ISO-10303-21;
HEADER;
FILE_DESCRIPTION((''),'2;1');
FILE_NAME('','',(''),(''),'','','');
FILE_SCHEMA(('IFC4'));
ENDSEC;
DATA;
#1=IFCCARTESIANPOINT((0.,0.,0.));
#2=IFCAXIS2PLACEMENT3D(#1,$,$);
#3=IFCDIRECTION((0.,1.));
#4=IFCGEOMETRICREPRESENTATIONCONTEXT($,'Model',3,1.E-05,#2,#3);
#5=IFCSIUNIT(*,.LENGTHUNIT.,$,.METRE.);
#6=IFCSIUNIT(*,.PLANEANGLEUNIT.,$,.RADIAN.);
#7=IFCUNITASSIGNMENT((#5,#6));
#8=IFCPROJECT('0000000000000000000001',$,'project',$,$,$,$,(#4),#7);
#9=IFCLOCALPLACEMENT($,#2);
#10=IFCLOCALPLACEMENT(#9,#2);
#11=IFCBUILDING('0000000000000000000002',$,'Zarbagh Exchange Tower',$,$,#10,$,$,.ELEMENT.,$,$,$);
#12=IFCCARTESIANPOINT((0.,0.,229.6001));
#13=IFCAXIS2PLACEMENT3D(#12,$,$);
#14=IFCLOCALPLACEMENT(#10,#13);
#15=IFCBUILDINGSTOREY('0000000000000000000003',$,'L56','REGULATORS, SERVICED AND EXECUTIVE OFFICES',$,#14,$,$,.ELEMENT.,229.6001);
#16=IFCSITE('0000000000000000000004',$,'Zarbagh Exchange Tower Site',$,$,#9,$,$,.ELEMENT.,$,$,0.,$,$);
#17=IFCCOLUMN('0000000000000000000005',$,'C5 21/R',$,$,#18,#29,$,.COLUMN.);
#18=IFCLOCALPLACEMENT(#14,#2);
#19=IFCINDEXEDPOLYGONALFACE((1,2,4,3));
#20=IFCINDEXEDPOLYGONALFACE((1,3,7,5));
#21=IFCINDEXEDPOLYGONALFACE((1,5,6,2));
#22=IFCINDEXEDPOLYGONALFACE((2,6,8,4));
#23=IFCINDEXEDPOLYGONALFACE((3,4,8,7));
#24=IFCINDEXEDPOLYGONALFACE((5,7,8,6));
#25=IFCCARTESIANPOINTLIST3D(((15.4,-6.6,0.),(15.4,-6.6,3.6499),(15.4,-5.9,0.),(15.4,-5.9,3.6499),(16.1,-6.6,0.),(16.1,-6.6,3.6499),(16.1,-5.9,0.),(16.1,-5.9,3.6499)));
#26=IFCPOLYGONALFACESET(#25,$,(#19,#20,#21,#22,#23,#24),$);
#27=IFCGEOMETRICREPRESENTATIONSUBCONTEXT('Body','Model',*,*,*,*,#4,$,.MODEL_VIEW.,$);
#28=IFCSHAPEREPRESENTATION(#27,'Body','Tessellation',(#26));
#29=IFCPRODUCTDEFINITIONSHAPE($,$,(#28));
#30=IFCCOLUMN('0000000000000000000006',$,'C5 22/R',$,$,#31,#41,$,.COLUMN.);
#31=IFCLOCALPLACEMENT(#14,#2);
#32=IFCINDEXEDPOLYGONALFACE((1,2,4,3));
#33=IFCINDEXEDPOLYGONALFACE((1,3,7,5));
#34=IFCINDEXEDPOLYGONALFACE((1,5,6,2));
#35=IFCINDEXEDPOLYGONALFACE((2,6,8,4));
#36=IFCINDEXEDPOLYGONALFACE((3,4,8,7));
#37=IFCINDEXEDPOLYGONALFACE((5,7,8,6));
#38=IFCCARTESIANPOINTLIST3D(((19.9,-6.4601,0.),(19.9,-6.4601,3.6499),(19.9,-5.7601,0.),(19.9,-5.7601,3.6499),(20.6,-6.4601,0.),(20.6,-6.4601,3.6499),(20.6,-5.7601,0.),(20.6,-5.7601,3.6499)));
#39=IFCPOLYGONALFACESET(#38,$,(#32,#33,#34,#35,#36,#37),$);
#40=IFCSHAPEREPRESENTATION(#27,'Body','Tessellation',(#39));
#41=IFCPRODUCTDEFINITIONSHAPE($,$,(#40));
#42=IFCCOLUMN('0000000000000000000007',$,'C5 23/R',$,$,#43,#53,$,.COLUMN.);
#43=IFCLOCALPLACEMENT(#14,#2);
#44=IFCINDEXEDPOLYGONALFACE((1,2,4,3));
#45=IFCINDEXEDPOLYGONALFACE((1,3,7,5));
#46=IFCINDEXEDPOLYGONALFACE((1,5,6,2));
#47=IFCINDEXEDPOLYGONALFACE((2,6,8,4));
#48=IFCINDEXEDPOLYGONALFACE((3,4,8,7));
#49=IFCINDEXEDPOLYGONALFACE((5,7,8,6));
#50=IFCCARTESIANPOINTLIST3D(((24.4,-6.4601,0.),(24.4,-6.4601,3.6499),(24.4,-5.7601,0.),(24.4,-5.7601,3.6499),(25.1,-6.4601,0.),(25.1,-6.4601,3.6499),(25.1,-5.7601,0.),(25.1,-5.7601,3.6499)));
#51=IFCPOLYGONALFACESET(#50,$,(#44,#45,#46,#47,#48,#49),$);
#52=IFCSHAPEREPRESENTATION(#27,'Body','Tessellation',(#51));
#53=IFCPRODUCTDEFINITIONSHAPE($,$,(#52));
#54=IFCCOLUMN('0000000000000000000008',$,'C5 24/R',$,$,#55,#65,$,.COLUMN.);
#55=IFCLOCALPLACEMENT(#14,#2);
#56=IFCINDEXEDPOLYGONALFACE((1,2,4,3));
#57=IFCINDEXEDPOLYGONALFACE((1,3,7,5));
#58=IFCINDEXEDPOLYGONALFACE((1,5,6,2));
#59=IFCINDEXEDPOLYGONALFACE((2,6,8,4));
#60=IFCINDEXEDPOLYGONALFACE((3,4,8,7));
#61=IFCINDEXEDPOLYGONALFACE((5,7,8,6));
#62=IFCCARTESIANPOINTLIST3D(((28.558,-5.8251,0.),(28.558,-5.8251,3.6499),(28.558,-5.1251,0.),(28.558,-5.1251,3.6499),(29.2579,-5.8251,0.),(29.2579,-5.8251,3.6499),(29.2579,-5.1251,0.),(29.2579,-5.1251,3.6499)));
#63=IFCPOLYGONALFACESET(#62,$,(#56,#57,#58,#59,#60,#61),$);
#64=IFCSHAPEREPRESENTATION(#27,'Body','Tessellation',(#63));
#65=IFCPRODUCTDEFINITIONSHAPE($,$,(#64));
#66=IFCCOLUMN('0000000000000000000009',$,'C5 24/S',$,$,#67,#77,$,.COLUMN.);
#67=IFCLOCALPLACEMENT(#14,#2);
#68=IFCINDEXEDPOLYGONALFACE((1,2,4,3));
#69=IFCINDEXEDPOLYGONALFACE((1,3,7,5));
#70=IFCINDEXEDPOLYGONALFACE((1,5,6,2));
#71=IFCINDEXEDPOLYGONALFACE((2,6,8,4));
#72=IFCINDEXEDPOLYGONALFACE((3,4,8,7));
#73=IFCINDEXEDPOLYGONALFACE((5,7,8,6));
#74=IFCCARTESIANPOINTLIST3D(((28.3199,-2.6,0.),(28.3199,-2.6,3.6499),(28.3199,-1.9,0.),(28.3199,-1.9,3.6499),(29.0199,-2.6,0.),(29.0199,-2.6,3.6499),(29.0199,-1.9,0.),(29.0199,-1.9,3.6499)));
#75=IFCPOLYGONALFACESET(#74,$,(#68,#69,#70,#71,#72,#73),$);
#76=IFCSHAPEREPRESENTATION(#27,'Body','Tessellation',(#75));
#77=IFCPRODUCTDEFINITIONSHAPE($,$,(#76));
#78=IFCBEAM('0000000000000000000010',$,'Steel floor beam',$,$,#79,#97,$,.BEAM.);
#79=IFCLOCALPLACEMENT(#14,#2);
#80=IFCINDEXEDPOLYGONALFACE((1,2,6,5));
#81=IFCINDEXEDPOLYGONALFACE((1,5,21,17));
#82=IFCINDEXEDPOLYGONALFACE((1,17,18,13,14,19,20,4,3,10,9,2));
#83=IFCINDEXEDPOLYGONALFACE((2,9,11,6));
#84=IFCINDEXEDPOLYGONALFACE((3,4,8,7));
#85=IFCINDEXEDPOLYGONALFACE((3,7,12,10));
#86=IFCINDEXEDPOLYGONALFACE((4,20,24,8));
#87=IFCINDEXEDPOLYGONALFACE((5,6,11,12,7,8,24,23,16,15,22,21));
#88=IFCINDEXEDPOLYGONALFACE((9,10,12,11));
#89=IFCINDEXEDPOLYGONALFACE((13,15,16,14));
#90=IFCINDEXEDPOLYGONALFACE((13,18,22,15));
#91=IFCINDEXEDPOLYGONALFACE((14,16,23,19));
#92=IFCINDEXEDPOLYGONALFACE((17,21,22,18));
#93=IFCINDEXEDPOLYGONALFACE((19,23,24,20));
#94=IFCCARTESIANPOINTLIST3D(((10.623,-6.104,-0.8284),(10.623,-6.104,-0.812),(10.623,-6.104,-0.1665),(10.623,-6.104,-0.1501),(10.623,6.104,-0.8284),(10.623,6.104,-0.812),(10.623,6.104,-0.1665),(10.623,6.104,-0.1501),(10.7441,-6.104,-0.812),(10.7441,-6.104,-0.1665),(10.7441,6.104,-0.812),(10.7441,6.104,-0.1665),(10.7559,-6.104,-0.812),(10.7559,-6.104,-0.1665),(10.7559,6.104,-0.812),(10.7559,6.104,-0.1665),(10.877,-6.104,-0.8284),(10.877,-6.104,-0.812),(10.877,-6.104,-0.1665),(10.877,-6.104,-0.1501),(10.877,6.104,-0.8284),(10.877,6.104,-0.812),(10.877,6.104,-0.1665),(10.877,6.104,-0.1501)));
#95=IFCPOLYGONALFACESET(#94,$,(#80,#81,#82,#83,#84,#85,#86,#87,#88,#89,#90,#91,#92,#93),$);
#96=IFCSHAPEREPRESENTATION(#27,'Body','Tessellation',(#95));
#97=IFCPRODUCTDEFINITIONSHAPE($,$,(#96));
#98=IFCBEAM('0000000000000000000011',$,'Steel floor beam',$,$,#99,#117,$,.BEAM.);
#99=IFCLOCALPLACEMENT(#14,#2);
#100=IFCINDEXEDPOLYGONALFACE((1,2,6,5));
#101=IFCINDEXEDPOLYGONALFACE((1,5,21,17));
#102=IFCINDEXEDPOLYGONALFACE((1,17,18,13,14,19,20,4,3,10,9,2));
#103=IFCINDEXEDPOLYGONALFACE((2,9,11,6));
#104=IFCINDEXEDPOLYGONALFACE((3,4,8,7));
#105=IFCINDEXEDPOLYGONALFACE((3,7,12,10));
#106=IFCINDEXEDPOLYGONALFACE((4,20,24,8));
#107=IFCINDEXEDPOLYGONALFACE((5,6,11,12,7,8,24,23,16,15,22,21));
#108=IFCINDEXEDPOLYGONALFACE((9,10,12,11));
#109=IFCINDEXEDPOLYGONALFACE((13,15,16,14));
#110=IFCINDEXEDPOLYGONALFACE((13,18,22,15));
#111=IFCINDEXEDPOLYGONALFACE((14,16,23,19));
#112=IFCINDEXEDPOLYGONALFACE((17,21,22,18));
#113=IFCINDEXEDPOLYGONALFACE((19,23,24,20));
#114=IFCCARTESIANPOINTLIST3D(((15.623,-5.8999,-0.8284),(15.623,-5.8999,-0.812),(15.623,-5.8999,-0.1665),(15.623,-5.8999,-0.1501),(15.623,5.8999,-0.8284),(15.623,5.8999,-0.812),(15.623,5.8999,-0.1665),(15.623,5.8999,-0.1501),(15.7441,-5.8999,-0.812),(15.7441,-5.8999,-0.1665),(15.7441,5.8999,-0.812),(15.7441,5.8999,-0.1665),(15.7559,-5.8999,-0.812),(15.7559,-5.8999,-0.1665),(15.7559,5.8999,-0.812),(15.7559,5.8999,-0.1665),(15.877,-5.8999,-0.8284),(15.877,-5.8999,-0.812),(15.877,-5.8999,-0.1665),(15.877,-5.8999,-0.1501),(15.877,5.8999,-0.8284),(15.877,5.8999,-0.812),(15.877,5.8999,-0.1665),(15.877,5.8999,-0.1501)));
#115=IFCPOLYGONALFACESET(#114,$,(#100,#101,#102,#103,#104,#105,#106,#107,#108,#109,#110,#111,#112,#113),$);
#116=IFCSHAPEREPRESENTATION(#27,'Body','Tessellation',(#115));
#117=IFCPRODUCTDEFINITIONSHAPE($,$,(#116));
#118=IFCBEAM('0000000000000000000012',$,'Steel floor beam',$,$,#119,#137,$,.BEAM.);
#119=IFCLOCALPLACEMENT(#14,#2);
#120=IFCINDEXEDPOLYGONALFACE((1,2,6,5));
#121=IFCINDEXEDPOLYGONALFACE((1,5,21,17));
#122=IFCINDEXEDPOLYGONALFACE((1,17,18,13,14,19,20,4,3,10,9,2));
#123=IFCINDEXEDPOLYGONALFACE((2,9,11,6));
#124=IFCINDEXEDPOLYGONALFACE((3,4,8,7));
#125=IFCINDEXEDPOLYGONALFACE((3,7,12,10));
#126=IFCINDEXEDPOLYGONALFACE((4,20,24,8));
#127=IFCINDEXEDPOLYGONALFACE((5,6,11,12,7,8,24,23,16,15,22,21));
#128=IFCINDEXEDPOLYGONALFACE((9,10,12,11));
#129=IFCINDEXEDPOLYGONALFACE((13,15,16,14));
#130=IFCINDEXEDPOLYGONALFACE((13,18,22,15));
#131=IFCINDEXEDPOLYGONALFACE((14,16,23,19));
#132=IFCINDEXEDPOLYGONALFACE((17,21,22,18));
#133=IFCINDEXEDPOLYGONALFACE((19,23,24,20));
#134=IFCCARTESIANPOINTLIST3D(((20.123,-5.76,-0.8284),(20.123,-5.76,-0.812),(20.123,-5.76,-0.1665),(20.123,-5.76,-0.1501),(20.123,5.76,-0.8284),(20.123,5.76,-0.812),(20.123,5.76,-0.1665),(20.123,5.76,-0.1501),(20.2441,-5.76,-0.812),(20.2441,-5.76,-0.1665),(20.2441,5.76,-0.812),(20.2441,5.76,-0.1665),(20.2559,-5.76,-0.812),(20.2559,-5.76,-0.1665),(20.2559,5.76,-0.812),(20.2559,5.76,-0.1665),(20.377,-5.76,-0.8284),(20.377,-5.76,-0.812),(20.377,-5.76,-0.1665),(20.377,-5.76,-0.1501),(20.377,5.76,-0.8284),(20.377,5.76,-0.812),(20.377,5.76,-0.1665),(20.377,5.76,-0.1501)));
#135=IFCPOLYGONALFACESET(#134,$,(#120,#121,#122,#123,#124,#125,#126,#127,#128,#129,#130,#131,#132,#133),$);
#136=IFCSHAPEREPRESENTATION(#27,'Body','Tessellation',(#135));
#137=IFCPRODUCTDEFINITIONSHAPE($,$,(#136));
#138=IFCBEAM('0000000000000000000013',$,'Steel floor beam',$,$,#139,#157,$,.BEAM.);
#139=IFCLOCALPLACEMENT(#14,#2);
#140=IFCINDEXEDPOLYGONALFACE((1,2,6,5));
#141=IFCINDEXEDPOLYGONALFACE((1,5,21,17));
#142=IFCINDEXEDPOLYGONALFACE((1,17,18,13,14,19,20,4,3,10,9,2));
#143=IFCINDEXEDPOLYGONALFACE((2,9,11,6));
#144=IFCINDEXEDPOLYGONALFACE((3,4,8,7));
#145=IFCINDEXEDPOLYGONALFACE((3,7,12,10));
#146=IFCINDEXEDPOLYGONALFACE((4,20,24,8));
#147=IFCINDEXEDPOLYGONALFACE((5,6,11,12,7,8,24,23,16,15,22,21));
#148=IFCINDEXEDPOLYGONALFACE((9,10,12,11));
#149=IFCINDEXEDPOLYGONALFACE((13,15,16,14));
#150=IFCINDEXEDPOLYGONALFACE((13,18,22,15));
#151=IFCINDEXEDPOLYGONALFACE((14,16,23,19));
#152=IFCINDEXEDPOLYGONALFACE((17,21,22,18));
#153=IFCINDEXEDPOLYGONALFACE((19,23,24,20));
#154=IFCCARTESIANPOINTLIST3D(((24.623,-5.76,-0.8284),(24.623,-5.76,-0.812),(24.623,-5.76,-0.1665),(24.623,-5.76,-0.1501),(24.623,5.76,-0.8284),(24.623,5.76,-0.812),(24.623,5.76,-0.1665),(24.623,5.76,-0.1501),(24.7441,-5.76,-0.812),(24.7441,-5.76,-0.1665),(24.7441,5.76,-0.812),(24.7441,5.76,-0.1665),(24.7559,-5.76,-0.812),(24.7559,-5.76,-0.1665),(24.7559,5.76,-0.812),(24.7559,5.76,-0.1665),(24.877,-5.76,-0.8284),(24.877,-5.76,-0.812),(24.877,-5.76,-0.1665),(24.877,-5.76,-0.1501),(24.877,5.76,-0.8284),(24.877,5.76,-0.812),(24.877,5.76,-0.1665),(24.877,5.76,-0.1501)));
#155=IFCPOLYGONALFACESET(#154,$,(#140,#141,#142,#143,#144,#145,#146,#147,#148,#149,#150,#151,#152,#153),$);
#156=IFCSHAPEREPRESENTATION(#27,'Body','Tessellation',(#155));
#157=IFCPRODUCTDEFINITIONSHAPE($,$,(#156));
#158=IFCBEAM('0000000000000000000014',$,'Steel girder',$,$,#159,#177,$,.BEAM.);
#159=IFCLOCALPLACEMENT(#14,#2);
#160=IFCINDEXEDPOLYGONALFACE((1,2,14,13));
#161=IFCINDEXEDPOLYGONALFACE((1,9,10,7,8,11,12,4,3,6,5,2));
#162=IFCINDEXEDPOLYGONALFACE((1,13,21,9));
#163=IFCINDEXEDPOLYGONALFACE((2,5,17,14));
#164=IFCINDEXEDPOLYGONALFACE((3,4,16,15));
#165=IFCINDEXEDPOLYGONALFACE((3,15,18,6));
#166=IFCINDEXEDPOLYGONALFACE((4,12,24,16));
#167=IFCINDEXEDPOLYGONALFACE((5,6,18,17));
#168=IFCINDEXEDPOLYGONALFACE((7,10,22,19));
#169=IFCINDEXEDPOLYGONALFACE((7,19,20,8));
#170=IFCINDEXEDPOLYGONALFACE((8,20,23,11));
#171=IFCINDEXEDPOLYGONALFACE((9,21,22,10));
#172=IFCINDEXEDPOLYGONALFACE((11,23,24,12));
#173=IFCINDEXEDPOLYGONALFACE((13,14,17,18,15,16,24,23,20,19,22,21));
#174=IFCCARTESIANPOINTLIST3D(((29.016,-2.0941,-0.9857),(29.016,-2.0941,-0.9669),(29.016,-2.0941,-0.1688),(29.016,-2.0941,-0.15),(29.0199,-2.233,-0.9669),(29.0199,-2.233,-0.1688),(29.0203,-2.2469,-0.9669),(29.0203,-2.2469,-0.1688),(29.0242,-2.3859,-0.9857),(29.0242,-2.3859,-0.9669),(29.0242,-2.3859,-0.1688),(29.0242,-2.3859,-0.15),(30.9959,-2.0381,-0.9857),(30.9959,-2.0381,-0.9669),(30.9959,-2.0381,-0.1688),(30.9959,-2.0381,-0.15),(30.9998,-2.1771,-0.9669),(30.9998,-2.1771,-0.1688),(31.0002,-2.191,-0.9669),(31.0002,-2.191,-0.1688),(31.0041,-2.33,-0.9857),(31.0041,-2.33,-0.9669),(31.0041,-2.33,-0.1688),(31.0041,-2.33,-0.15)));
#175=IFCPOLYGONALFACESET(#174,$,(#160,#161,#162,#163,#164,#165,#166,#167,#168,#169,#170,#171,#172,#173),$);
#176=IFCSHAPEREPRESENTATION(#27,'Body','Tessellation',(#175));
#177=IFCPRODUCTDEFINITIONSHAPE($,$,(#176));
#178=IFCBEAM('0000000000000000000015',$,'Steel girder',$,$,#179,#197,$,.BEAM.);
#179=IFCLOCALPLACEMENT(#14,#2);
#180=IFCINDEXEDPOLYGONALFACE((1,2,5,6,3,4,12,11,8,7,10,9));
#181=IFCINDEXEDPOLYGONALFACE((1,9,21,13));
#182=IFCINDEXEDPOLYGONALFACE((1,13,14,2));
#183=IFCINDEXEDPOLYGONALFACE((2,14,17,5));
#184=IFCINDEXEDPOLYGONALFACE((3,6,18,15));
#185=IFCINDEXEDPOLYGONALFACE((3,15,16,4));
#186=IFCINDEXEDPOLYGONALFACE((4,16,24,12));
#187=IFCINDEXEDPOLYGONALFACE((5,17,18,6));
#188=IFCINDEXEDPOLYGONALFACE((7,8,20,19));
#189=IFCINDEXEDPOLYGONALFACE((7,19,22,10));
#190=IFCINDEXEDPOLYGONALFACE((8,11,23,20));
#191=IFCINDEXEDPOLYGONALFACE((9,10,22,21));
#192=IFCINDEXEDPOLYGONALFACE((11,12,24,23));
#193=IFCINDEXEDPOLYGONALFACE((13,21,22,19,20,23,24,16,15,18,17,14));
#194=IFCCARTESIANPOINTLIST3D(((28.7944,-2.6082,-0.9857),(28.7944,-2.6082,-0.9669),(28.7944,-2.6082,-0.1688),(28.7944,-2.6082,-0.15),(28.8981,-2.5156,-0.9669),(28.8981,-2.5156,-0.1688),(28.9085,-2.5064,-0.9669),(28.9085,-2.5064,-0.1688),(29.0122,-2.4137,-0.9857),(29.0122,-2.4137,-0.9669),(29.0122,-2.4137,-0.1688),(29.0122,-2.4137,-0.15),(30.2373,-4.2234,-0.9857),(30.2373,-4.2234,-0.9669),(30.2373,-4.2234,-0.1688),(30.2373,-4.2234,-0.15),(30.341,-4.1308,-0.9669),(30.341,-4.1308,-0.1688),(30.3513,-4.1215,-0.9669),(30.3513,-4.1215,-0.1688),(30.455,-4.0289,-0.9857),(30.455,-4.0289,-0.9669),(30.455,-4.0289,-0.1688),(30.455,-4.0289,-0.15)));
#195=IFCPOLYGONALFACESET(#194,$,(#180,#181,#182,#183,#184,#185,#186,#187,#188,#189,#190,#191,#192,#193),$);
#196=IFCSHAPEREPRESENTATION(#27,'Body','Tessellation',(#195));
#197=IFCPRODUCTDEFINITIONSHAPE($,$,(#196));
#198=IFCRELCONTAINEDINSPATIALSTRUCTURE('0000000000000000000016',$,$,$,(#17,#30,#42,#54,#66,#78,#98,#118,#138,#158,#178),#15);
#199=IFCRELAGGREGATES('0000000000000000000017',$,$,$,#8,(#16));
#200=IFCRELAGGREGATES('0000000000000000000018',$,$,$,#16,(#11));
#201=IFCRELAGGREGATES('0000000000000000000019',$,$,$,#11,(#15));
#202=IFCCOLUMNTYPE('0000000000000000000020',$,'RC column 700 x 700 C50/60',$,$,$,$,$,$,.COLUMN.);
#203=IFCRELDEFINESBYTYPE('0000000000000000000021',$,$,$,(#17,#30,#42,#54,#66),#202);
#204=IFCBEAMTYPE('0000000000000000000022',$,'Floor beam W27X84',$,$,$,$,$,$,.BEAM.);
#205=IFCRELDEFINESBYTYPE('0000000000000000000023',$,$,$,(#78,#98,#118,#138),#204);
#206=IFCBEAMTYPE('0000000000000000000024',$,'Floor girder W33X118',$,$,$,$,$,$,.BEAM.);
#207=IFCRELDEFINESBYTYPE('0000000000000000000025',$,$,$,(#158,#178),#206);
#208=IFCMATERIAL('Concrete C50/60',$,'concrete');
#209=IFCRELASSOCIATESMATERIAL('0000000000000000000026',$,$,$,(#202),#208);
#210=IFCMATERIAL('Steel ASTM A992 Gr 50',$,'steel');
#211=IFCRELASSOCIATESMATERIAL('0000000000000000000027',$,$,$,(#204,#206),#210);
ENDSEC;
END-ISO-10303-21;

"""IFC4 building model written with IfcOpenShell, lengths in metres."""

from ifc_helpers import new_model, si_unit, direction, frame, origin, origin_2d, place, context, subcontext, project, spatial, rectangle, i_section, extrude, material, material_profile, profile_set, type_object, element, save


model = new_model("IFC4")

# Units and contexts
model_context = context("Model", 3, precision=1e-05, world=origin(), true_north=direction((0.0, 1.0)))
body_context = subcontext(model_context, "Body", "Model", "MODEL_VIEW")
ifc_project = project(units=[si_unit("LENGTHUNIT", "METRE"), si_unit("PLANEANGLEUNIT", "RADIAN")], contexts=[model_context])

# Site, building, storey
site_placement = place(None, origin())
site = spatial("IfcSite", under=ifc_project, at=site_placement, Name="Zarbagh Exchange Tower Site", CompositionType="ELEMENT", RefElevation=0.0)
building_placement = place(site_placement, origin())
building = spatial("IfcBuilding", under=site, at=building_placement, Name="Zarbagh Exchange Tower", CompositionType="ELEMENT")
storey_placement = place(building_placement, frame((0.0, 0.0, 229.6001)))
storey = spatial("IfcBuildingStorey", under=building, at=storey_placement, Name="L56", Description="REGULATORS, SERVICED AND EXECUTIVE OFFICES", CompositionType="ELEMENT", Elevation=229.6001)

# Columns
ifc_material_1 = material(Name="Concrete C50/60", Category="concrete")
ifc_material_profile_1 = material_profile(ifc_material_1, rectangle(XDim=0.7, YDim=0.7, at=origin_2d()), Name="RC column 700 x 700 C50/60")
ifc_profile_set_1 = profile_set([ifc_material_profile_1], Name="Concrete C50/60")
column_type = type_object("IfcColumnType", Name="RC column 700 x 700 C50/60", PredefinedType="COLUMN", material=ifc_profile_set_1)
for number, where, z_axis, x_axis, name in (
    (1, (15.75, -6.25, 0.0), (0.0, 0.0, 1.0), (1.0, 0.0, 0.0), "C5 21/R"),
    (2, (20.25, -6.1101, 0.0), (0.0, 0.0, 1.0), (1.0, 0.0, 0.0), "C5 22/R"),
    (3, (24.75, -6.1101, 0.0), (0.0, 0.0, 1.0), (1.0, 0.0, 0.0), "C5 23/R"),
    (4, (28.908, -5.4751, 0.0), (0.0, 0.0, 1.0), (1.0, 0.0, 0.0), "C5 24/R"),
    (5, (28.6699, -2.25, 0.0), (0.0, 0.0, 1.0), (1.0, 0.0, 0.0), "C5 24/S"),
):
    element("IfcColumn", number, at=place(storey_placement, frame(where, z_axis=z_axis, x_axis=x_axis)), inside=storey, type_object=column_type, Name=name, PredefinedType="COLUMN", context=body_context, shape_type="SweptSolid", body=[
        extrude(rectangle(XDim=0.7, YDim=0.7, at=origin_2d()), origin(), (0.0, 0.0, 1.0), 3.6499),
    ])

# Beams
ifc_material_2 = material(Name="Steel ASTM A992 Gr 50", Category="steel")
ifc_material_profile_2 = material_profile(ifc_material_2, i_section(OverallWidth=0.2539, OverallDepth=0.6782, WebThickness=0.0117, FlangeThickness=0.0164, at=origin_2d()), Name="W27X84")
ifc_profile_set_2 = profile_set([ifc_material_profile_2], Name="Steel ASTM A992 Gr 50")
beam_type_1 = type_object("IfcBeamType", Name="Floor beam W27X84", PredefinedType="BEAM", material=ifc_profile_set_2)
beam_1_placement = place(storey_placement, frame((10.75, -6.104, -0.4893), z_axis=(0.0, 1.0, 0.0), x_axis=(-1.0, 0.0, 0.0)))
element("IfcBeam", 6, at=beam_1_placement, inside=storey, type_object=beam_type_1, Name="Steel floor beam", PredefinedType="BEAM", context=body_context, shape_type="SweptSolid", body=[
    extrude(i_section(OverallWidth=0.2539, OverallDepth=0.6782, WebThickness=0.0117, FlangeThickness=0.0164, at=origin_2d()), origin(), (0.0, 0.0, 1.0), 12.208),
])
beam_2_placement = place(storey_placement, frame((15.75, -5.8999, -0.4893), z_axis=(0.0, 1.0, 0.0), x_axis=(-1.0, 0.0, 0.0)))
element("IfcBeam", 7, at=beam_2_placement, inside=storey, type_object=beam_type_1, Name="Steel floor beam", PredefinedType="BEAM", context=body_context, shape_type="SweptSolid", body=[
    extrude(i_section(OverallWidth=0.2539, OverallDepth=0.6782, WebThickness=0.0117, FlangeThickness=0.0164, at=origin_2d()), origin(), (0.0, 0.0, 1.0), 11.7998),
])
for number, where, z_axis, x_axis, name in (
    (8, (20.25, -5.76, -0.4893), (0.0, 1.0, 0.0), (-1.0, 0.0, 0.0), "Steel floor beam"),
    (9, (24.75, -5.76, -0.4893), (0.0, 1.0, 0.0), (-1.0, 0.0, 0.0), "Steel floor beam"),
):
    element("IfcBeam", number, at=place(storey_placement, frame(where, z_axis=z_axis, x_axis=x_axis)), inside=storey, type_object=beam_type_1, Name=name, PredefinedType="BEAM", context=body_context, shape_type="SweptSolid", body=[
        extrude(i_section(OverallWidth=0.2539, OverallDepth=0.6782, WebThickness=0.0117, FlangeThickness=0.0164, at=origin_2d()), origin(), (0.0, 0.0, 1.0), 11.52),
    ])
ifc_material_profile_3 = material_profile(ifc_material_2, i_section(OverallWidth=0.292, OverallDepth=0.8357, WebThickness=0.0139, FlangeThickness=0.0188, at=origin_2d()), Name="W33X118")
ifc_profile_set_3 = profile_set([ifc_material_profile_3], Name="Steel ASTM A992 Gr 50")
beam_type_2 = type_object("IfcBeamType", Name="Floor girder W33X118", PredefinedType="BEAM", material=ifc_profile_set_3)
beam_3_placement = place(storey_placement, frame((31.0, -2.1841, -0.5679), z_axis=(-0.999602, -0.028225, 0.0), x_axis=(0.028225, -0.999602, 0.0)))
element("IfcBeam", 10, at=beam_3_placement, inside=storey, type_object=beam_type_2, Name="Steel girder", PredefinedType="BEAM", context=body_context, shape_type="SweptSolid", body=[
    extrude(i_section(OverallWidth=0.292, OverallDepth=0.8357, WebThickness=0.0139, FlangeThickness=0.0188, at=origin_2d()), origin(), (0.0, 0.0, 1.0), 1.9807),
])
beam_4_placement = place(storey_placement, frame((28.9033, -2.511, -0.5679), z_axis=(0.666195, -0.745778, 0.0), x_axis=(0.745778, 0.666195, 0.0)))
element("IfcBeam", 11, at=beam_4_placement, inside=storey, type_object=beam_type_2, Name="Steel girder", PredefinedType="BEAM", context=body_context, shape_type="SweptSolid", body=[
    extrude(i_section(OverallWidth=0.292, OverallDepth=0.8357, WebThickness=0.0139, FlangeThickness=0.0188, at=origin_2d()), origin(), (0.0, 0.0, 1.0), 2.1658),
])

save(model, "model.ifc")
